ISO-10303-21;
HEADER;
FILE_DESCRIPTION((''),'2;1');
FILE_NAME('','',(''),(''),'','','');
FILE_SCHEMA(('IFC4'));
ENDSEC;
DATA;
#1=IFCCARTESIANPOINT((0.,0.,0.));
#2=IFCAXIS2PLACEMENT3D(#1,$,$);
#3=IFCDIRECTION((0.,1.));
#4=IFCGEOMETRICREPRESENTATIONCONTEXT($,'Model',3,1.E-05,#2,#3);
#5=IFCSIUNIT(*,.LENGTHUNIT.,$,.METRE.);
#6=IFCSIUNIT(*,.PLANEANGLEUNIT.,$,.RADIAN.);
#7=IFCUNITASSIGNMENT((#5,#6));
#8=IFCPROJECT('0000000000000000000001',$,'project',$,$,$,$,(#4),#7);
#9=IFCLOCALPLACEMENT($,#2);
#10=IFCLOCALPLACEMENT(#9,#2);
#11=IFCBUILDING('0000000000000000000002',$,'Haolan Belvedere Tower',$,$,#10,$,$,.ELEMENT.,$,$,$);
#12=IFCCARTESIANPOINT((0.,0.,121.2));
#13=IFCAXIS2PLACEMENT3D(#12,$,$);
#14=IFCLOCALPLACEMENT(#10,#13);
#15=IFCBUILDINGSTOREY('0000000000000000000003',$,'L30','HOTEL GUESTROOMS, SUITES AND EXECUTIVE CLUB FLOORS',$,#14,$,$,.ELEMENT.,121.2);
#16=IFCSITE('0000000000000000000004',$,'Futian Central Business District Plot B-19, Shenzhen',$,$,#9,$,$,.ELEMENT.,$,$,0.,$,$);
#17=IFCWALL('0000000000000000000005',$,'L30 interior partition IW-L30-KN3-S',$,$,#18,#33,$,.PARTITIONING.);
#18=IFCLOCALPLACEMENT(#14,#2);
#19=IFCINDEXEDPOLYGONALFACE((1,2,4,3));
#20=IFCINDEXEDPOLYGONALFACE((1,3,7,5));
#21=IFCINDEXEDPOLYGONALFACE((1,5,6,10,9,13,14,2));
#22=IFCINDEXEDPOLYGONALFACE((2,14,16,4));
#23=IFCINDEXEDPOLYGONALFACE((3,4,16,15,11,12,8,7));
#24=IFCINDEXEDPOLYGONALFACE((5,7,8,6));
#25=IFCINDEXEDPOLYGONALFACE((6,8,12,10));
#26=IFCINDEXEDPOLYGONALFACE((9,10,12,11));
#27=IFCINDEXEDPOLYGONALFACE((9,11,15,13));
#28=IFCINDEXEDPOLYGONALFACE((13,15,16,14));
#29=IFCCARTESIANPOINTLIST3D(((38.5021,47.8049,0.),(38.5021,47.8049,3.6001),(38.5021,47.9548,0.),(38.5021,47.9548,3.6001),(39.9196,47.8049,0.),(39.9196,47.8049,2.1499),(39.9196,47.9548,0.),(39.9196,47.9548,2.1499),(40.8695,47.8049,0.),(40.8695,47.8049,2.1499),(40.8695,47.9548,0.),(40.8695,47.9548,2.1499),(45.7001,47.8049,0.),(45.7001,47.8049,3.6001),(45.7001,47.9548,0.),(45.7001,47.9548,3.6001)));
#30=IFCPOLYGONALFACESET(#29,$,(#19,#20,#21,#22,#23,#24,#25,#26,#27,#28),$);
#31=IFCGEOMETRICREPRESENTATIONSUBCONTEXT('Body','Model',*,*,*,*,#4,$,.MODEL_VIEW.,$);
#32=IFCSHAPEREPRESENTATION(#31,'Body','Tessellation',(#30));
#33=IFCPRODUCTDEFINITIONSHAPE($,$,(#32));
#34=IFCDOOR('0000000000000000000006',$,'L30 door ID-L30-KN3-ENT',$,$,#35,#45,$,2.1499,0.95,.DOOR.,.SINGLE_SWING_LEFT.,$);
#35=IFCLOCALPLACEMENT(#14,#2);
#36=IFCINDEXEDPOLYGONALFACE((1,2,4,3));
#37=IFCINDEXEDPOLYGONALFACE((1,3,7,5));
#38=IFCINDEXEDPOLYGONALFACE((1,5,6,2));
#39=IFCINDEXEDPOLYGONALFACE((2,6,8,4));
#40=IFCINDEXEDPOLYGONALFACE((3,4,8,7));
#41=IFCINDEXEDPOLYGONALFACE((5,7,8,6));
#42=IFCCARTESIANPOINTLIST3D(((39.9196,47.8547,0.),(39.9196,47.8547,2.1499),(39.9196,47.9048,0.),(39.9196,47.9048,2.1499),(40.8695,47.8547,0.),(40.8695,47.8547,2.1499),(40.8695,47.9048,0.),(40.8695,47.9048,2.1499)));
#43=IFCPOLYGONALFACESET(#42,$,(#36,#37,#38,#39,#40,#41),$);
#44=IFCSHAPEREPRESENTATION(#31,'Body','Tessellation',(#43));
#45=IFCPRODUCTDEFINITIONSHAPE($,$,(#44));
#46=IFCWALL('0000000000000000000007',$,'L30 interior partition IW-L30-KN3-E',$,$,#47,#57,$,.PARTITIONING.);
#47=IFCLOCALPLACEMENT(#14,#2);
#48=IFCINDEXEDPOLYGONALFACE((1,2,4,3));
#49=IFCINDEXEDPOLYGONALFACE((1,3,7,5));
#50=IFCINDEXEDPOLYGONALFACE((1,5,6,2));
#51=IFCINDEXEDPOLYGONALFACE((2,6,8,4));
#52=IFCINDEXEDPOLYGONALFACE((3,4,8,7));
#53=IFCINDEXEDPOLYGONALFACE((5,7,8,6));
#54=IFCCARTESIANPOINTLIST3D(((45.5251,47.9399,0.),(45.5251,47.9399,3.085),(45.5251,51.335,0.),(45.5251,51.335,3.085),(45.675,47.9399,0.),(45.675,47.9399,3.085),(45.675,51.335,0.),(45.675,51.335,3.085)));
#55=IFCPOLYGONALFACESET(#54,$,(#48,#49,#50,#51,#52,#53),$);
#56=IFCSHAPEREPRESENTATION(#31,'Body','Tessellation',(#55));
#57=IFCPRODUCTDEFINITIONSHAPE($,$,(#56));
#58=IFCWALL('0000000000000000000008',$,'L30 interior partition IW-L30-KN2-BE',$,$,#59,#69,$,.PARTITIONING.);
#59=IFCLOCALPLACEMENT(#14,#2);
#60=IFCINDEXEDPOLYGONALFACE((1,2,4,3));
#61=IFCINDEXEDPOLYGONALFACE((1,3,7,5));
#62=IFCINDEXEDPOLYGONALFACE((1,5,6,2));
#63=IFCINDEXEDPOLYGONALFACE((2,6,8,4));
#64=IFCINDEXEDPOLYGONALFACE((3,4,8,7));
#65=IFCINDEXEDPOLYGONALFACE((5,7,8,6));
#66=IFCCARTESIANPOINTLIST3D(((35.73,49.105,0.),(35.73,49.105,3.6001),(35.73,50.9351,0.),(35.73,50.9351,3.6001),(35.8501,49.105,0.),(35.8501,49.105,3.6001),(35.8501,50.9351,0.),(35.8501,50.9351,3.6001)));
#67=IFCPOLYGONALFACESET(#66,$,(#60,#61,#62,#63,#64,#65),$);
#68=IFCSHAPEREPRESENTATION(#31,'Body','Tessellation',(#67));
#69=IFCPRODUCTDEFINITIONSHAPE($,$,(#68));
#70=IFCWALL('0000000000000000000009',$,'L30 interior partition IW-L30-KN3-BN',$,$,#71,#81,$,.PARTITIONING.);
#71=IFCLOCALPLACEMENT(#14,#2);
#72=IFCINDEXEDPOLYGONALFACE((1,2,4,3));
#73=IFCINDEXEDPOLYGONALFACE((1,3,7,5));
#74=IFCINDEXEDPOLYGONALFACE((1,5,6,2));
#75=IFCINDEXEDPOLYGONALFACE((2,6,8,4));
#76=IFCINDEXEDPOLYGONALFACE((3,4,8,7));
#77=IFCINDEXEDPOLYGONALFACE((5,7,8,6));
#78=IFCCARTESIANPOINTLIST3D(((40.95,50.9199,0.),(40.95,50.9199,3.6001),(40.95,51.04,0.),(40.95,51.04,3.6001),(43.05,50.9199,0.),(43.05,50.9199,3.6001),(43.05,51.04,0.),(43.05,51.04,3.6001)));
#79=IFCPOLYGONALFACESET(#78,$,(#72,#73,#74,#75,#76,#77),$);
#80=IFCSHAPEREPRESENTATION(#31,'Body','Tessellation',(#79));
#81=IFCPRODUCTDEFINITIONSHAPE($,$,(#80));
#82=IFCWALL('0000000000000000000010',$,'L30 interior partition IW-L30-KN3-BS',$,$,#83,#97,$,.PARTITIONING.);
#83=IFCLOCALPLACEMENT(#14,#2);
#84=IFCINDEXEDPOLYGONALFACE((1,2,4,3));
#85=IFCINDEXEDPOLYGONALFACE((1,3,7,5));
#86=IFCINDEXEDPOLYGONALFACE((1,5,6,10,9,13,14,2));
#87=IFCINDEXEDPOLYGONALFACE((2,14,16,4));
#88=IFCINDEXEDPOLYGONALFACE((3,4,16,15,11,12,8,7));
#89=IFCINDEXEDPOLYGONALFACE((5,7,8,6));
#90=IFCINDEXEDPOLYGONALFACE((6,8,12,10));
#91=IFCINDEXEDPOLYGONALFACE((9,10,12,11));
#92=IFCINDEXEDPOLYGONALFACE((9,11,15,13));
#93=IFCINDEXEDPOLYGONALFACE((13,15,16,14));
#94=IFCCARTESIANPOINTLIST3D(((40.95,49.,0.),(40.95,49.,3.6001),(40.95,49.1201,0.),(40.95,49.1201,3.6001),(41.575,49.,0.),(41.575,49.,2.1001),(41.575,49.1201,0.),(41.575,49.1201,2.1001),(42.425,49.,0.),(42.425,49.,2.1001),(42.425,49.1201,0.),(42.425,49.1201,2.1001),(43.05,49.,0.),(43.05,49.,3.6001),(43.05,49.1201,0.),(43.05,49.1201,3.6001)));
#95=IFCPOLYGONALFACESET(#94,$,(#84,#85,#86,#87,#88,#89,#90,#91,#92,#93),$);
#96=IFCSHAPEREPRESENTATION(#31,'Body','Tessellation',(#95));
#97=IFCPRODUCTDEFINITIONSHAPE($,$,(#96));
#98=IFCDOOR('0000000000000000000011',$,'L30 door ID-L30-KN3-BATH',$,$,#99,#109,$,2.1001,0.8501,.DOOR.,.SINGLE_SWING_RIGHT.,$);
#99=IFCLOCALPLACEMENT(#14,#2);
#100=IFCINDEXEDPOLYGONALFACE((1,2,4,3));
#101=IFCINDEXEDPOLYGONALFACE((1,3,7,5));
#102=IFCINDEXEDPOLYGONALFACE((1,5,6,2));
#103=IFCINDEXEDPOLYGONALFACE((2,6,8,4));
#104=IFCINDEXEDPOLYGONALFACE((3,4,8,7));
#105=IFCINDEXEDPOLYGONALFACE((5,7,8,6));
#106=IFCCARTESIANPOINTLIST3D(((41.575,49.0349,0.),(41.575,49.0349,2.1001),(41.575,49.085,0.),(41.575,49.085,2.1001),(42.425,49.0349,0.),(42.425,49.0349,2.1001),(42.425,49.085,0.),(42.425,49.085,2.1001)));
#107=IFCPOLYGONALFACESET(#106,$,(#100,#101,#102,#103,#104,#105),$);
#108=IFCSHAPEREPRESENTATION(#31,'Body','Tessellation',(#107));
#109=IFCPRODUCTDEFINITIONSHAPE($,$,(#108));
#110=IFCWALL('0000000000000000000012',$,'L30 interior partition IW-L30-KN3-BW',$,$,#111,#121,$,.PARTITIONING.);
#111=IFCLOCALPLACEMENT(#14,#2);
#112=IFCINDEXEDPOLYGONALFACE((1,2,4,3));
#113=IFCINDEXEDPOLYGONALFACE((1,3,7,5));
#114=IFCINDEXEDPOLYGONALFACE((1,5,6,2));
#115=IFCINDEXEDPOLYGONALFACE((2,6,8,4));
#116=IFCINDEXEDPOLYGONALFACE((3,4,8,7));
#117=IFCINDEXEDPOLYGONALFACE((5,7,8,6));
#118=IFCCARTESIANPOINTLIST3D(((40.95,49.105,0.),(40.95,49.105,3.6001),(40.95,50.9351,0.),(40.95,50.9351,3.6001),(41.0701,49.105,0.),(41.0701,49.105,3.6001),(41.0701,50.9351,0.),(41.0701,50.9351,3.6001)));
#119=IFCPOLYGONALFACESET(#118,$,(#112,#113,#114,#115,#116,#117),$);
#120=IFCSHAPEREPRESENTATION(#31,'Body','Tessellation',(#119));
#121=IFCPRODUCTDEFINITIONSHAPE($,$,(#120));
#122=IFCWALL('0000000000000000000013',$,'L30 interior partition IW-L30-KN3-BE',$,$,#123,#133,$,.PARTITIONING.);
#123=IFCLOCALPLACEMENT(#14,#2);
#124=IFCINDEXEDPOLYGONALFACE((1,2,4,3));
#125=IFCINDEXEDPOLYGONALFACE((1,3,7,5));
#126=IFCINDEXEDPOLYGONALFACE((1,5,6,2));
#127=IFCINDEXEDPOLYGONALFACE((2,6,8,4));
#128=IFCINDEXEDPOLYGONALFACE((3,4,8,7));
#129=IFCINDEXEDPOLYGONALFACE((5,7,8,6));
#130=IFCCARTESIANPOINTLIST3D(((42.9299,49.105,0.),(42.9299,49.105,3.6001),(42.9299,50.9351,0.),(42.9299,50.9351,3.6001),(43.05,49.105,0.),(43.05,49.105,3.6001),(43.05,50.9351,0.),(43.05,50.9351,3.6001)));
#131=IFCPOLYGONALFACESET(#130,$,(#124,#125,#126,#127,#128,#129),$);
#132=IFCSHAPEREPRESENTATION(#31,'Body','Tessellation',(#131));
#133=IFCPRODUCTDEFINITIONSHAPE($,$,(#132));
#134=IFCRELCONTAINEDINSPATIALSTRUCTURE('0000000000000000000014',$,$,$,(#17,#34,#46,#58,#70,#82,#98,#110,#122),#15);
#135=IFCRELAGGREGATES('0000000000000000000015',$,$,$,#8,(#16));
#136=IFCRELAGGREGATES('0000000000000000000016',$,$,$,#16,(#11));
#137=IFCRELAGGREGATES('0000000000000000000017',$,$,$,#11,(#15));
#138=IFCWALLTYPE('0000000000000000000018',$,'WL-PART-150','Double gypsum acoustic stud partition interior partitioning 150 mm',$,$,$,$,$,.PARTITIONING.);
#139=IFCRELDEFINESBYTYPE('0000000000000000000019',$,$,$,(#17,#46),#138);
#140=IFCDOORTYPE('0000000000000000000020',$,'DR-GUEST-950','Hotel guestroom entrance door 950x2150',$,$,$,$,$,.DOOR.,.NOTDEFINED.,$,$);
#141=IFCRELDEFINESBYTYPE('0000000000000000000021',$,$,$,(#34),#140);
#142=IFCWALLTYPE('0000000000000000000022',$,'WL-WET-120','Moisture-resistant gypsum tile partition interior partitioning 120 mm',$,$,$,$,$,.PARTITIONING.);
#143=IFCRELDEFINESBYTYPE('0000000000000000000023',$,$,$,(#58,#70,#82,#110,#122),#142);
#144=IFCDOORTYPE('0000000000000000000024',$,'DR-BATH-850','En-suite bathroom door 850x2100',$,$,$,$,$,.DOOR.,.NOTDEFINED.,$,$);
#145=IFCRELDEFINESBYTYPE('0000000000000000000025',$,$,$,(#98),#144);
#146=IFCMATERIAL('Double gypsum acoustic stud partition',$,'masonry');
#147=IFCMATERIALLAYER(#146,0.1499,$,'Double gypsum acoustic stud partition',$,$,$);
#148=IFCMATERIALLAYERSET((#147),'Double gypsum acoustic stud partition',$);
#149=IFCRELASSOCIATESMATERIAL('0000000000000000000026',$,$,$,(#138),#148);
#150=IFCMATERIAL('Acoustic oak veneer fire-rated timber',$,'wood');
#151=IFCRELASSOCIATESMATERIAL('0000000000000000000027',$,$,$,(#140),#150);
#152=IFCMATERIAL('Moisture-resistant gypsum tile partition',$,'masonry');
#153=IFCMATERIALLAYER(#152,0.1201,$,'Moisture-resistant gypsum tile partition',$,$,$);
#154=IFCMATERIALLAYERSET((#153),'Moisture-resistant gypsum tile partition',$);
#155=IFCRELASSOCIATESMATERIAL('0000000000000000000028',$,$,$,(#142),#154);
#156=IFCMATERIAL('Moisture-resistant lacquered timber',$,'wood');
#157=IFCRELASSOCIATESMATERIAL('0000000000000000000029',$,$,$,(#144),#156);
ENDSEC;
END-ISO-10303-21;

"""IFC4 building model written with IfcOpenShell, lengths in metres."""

from ifc_helpers import new_model, si_unit, direction, frame, frame_2d, origin, place, context, subcontext, project, spatial, rectangle, extrude, material, layer, layer_set, type_object, element, fill, save


model = new_model("IFC4")

# Units and contexts
model_context = context("Model", 3, precision=1e-05, world=origin(), true_north=direction((0.0, 1.0)))
body_context = subcontext(model_context, "Body", "Model", "MODEL_VIEW")
ifc_project = project(units=[si_unit("LENGTHUNIT", "METRE"), si_unit("PLANEANGLEUNIT", "RADIAN")], contexts=[model_context])

# Site, building, storey
site_placement = place(None, origin())
site = spatial("IfcSite", under=ifc_project, at=site_placement, Name="Futian Central Business District Plot B-19, Shenzhen", CompositionType="ELEMENT", RefElevation=0.0)
building_placement = place(site_placement, origin())
building = spatial("IfcBuilding", under=site, at=building_placement, Name="Haolan Belvedere Tower", CompositionType="ELEMENT")
storey_placement = place(building_placement, frame((0.0, 0.0, 121.2)))
storey = spatial("IfcBuildingStorey", under=building, at=storey_placement, Name="L30", Description="HOTEL GUESTROOMS, SUITES AND EXECUTIVE CLUB FLOORS", CompositionType="ELEMENT", Elevation=121.2)

# Shared definitions
ifc_material_1 = material(Name="Double gypsum acoustic stud partition", Category="masonry")
ifc_layer_1 = layer(ifc_material_1, 0.1499, Name="Double gypsum acoustic stud partition")
ifc_layer_set_1 = layer_set([ifc_layer_1], Name="Double gypsum acoustic stud partition")
wall_type_1 = type_object("IfcWallType", Name="WL-PART-150", Description="Double gypsum acoustic stud partition interior partitioning 150 mm", PredefinedType="PARTITIONING", material=ifc_layer_set_1)

# Wall, opening, door
wall_1_placement = place(storey_placement, frame((38.502, 47.8799, 0.0), z_axis=(0.0, 0.0, 1.0), x_axis=(1.0, 0.0, 0.0)))
wall_1 = element("IfcWall", 1, at=wall_1_placement, inside=storey, type_object=wall_type_1, Name="L30 interior partition IW-L30-KN3-S", PredefinedType="PARTITIONING", context=body_context, shape_type="SweptSolid", body=[
    extrude(rectangle(XDim=7.198, YDim=0.1499, at=frame_2d((3.5991, 0.0))), origin(), (0.0, 0.0, 1.0), 3.6001),
])
opening_1_placement = place(wall_1_placement, frame((1.4175, 0.0, 0.0)))
opening_1 = element("IfcOpeningElement", 2, at=opening_1_placement, cuts=wall_1, PredefinedType="OPENING", context=body_context, shape_type="SweptSolid", body=[
    extrude(rectangle(XDim=0.95, YDim=2.1499, at=frame_2d((0.4751, 1.075))), frame((0.0, 0.085, 0.0), z_axis=(0.0, -1.0, 0.0), x_axis=(1.0, 0.0, 0.0)), (0.0, 0.0, 1.0), 0.1699),
])
ifc_material_2 = material(Name="Acoustic oak veneer fire-rated timber", Category="wood")
door_type_1 = type_object("IfcDoorType", Name="DR-GUEST-950", Description="Hotel guestroom entrance door 950x2150", OperationType="NOTDEFINED", PredefinedType="DOOR", material=ifc_material_2)
door_1_placement = place(opening_1_placement, origin())
door_1 = element("IfcDoor", 3, at=door_1_placement, inside=storey, type_object=door_type_1, Name="L30 door ID-L30-KN3-ENT", OperationType="SINGLE_SWING_LEFT", OverallHeight=2.1499, OverallWidth=0.95, PredefinedType="DOOR", context=body_context, shape_type="SweptSolid", body=[
    extrude(rectangle(XDim=0.95, YDim=2.1499, at=frame_2d((0.4751, 1.075))), frame((0.0, 0.0249, 0.0), z_axis=(0.0, -1.0, 0.0), x_axis=(1.0, 0.0, 0.0)), (0.0, 0.0, 1.0), 0.05),
])
fill(opening_1, door_1)

# Walls
wall_2_placement = place(storey_placement, frame((45.6001, 47.9399, 0.0), z_axis=(0.0, 0.0, 1.0), x_axis=(0.0, 1.0, 0.0)))
element("IfcWall", 4, at=wall_2_placement, inside=storey, type_object=wall_type_1, Name="L30 interior partition IW-L30-KN3-E", PredefinedType="PARTITIONING", context=body_context, shape_type="SweptSolid", body=[
    extrude(rectangle(XDim=3.395, YDim=0.1499, at=frame_2d((1.6975, 0.0))), origin(), (0.0, 0.0, 1.0), 3.085),
])
ifc_material_3 = material(Name="Moisture-resistant gypsum tile partition", Category="masonry")
ifc_layer_2 = layer(ifc_material_3, 0.1201, Name="Moisture-resistant gypsum tile partition")
ifc_layer_set_2 = layer_set([ifc_layer_2], Name="Moisture-resistant gypsum tile partition")
wall_type_2 = type_object("IfcWallType", Name="WL-WET-120", Description="Moisture-resistant gypsum tile partition interior partitioning 120 mm", PredefinedType="PARTITIONING", material=ifc_layer_set_2)
wall_3_placement = place(storey_placement, frame((35.79, 49.105, 0.0), z_axis=(0.0, 0.0, 1.0), x_axis=(0.0, 1.0, 0.0)))
element("IfcWall", 5, at=wall_3_placement, inside=storey, type_object=wall_type_2, Name="L30 interior partition IW-L30-KN2-BE", PredefinedType="PARTITIONING", context=body_context, shape_type="SweptSolid", body=[
    extrude(rectangle(XDim=1.8301, YDim=0.1201, at=frame_2d((0.915, 0.0))), origin(), (0.0, 0.0, 1.0), 3.6001),
])
wall_4_placement = place(storey_placement, frame((40.95, 50.98, 0.0), z_axis=(0.0, 0.0, 1.0), x_axis=(1.0, 0.0, 0.0)))
element("IfcWall", 6, at=wall_4_placement, inside=storey, type_object=wall_type_2, Name="L30 interior partition IW-L30-KN3-BN", PredefinedType="PARTITIONING", context=body_context, shape_type="SweptSolid", body=[
    extrude(rectangle(XDim=2.1001, YDim=0.1201, at=frame_2d((1.05, 0.0))), origin(), (0.0, 0.0, 1.0), 3.6001),
])

# Wall, opening, door
wall_5_placement = place(storey_placement, frame((40.95, 49.0601, 0.0), z_axis=(0.0, 0.0, 1.0), x_axis=(1.0, 0.0, 0.0)))
wall_5 = element("IfcWall", 7, at=wall_5_placement, inside=storey, type_object=wall_type_2, Name="L30 interior partition IW-L30-KN3-BS", PredefinedType="PARTITIONING", context=body_context, shape_type="SweptSolid", body=[
    extrude(rectangle(XDim=2.1001, YDim=0.1201, at=frame_2d((1.05, 0.0))), origin(), (0.0, 0.0, 1.0), 3.6001),
])
opening_2_placement = place(wall_5_placement, frame((0.625, 0.0, 0.0)))
opening_2 = element("IfcOpeningElement", 8, at=opening_2_placement, cuts=wall_5, PredefinedType="OPENING", context=body_context, shape_type="SweptSolid", body=[
    extrude(rectangle(XDim=0.8501, YDim=2.1001, at=frame_2d((0.425, 1.05))), frame((0.0, 0.0701, 0.0), z_axis=(0.0, -1.0, 0.0), x_axis=(1.0, 0.0, 0.0)), (0.0, 0.0, 1.0), 0.1401),
])
ifc_material_4 = material(Name="Moisture-resistant lacquered timber", Category="wood")
door_type_2 = type_object("IfcDoorType", Name="DR-BATH-850", Description="En-suite bathroom door 850x2100", OperationType="NOTDEFINED", PredefinedType="DOOR", material=ifc_material_4)
door_2_placement = place(opening_2_placement, origin())
door_2 = element("IfcDoor", 9, at=door_2_placement, inside=storey, type_object=door_type_2, Name="L30 door ID-L30-KN3-BATH", OperationType="SINGLE_SWING_RIGHT", OverallHeight=2.1001, OverallWidth=0.8501, PredefinedType="DOOR", context=body_context, shape_type="SweptSolid", body=[
    extrude(rectangle(XDim=0.8501, YDim=2.1001, at=frame_2d((0.425, 1.05))), frame((0.0, 0.0249, 0.0), z_axis=(0.0, -1.0, 0.0), x_axis=(1.0, 0.0, 0.0)), (0.0, 0.0, 1.0), 0.05),
])
fill(opening_2, door_2)

# Walls
for number, where, z_axis, x_axis, name in (
    (10, (41.01, 49.105, 0.0), (0.0, 0.0, 1.0), (0.0, 1.0, 0.0), "L30 interior partition IW-L30-KN3-BW"),
    (11, (42.99, 49.105, 0.0), (0.0, 0.0, 1.0), (0.0, 1.0, 0.0), "L30 interior partition IW-L30-KN3-BE"),
):
    element("IfcWall", number, at=place(storey_placement, frame(where, z_axis=z_axis, x_axis=x_axis)), inside=storey, type_object=wall_type_2, Name=name, PredefinedType="PARTITIONING", context=body_context, shape_type="SweptSolid", body=[
        extrude(rectangle(XDim=1.8301, YDim=0.1201, at=frame_2d((0.915, 0.0))), origin(), (0.0, 0.0, 1.0), 3.6001),
    ])

save(model, "model.ifc")
